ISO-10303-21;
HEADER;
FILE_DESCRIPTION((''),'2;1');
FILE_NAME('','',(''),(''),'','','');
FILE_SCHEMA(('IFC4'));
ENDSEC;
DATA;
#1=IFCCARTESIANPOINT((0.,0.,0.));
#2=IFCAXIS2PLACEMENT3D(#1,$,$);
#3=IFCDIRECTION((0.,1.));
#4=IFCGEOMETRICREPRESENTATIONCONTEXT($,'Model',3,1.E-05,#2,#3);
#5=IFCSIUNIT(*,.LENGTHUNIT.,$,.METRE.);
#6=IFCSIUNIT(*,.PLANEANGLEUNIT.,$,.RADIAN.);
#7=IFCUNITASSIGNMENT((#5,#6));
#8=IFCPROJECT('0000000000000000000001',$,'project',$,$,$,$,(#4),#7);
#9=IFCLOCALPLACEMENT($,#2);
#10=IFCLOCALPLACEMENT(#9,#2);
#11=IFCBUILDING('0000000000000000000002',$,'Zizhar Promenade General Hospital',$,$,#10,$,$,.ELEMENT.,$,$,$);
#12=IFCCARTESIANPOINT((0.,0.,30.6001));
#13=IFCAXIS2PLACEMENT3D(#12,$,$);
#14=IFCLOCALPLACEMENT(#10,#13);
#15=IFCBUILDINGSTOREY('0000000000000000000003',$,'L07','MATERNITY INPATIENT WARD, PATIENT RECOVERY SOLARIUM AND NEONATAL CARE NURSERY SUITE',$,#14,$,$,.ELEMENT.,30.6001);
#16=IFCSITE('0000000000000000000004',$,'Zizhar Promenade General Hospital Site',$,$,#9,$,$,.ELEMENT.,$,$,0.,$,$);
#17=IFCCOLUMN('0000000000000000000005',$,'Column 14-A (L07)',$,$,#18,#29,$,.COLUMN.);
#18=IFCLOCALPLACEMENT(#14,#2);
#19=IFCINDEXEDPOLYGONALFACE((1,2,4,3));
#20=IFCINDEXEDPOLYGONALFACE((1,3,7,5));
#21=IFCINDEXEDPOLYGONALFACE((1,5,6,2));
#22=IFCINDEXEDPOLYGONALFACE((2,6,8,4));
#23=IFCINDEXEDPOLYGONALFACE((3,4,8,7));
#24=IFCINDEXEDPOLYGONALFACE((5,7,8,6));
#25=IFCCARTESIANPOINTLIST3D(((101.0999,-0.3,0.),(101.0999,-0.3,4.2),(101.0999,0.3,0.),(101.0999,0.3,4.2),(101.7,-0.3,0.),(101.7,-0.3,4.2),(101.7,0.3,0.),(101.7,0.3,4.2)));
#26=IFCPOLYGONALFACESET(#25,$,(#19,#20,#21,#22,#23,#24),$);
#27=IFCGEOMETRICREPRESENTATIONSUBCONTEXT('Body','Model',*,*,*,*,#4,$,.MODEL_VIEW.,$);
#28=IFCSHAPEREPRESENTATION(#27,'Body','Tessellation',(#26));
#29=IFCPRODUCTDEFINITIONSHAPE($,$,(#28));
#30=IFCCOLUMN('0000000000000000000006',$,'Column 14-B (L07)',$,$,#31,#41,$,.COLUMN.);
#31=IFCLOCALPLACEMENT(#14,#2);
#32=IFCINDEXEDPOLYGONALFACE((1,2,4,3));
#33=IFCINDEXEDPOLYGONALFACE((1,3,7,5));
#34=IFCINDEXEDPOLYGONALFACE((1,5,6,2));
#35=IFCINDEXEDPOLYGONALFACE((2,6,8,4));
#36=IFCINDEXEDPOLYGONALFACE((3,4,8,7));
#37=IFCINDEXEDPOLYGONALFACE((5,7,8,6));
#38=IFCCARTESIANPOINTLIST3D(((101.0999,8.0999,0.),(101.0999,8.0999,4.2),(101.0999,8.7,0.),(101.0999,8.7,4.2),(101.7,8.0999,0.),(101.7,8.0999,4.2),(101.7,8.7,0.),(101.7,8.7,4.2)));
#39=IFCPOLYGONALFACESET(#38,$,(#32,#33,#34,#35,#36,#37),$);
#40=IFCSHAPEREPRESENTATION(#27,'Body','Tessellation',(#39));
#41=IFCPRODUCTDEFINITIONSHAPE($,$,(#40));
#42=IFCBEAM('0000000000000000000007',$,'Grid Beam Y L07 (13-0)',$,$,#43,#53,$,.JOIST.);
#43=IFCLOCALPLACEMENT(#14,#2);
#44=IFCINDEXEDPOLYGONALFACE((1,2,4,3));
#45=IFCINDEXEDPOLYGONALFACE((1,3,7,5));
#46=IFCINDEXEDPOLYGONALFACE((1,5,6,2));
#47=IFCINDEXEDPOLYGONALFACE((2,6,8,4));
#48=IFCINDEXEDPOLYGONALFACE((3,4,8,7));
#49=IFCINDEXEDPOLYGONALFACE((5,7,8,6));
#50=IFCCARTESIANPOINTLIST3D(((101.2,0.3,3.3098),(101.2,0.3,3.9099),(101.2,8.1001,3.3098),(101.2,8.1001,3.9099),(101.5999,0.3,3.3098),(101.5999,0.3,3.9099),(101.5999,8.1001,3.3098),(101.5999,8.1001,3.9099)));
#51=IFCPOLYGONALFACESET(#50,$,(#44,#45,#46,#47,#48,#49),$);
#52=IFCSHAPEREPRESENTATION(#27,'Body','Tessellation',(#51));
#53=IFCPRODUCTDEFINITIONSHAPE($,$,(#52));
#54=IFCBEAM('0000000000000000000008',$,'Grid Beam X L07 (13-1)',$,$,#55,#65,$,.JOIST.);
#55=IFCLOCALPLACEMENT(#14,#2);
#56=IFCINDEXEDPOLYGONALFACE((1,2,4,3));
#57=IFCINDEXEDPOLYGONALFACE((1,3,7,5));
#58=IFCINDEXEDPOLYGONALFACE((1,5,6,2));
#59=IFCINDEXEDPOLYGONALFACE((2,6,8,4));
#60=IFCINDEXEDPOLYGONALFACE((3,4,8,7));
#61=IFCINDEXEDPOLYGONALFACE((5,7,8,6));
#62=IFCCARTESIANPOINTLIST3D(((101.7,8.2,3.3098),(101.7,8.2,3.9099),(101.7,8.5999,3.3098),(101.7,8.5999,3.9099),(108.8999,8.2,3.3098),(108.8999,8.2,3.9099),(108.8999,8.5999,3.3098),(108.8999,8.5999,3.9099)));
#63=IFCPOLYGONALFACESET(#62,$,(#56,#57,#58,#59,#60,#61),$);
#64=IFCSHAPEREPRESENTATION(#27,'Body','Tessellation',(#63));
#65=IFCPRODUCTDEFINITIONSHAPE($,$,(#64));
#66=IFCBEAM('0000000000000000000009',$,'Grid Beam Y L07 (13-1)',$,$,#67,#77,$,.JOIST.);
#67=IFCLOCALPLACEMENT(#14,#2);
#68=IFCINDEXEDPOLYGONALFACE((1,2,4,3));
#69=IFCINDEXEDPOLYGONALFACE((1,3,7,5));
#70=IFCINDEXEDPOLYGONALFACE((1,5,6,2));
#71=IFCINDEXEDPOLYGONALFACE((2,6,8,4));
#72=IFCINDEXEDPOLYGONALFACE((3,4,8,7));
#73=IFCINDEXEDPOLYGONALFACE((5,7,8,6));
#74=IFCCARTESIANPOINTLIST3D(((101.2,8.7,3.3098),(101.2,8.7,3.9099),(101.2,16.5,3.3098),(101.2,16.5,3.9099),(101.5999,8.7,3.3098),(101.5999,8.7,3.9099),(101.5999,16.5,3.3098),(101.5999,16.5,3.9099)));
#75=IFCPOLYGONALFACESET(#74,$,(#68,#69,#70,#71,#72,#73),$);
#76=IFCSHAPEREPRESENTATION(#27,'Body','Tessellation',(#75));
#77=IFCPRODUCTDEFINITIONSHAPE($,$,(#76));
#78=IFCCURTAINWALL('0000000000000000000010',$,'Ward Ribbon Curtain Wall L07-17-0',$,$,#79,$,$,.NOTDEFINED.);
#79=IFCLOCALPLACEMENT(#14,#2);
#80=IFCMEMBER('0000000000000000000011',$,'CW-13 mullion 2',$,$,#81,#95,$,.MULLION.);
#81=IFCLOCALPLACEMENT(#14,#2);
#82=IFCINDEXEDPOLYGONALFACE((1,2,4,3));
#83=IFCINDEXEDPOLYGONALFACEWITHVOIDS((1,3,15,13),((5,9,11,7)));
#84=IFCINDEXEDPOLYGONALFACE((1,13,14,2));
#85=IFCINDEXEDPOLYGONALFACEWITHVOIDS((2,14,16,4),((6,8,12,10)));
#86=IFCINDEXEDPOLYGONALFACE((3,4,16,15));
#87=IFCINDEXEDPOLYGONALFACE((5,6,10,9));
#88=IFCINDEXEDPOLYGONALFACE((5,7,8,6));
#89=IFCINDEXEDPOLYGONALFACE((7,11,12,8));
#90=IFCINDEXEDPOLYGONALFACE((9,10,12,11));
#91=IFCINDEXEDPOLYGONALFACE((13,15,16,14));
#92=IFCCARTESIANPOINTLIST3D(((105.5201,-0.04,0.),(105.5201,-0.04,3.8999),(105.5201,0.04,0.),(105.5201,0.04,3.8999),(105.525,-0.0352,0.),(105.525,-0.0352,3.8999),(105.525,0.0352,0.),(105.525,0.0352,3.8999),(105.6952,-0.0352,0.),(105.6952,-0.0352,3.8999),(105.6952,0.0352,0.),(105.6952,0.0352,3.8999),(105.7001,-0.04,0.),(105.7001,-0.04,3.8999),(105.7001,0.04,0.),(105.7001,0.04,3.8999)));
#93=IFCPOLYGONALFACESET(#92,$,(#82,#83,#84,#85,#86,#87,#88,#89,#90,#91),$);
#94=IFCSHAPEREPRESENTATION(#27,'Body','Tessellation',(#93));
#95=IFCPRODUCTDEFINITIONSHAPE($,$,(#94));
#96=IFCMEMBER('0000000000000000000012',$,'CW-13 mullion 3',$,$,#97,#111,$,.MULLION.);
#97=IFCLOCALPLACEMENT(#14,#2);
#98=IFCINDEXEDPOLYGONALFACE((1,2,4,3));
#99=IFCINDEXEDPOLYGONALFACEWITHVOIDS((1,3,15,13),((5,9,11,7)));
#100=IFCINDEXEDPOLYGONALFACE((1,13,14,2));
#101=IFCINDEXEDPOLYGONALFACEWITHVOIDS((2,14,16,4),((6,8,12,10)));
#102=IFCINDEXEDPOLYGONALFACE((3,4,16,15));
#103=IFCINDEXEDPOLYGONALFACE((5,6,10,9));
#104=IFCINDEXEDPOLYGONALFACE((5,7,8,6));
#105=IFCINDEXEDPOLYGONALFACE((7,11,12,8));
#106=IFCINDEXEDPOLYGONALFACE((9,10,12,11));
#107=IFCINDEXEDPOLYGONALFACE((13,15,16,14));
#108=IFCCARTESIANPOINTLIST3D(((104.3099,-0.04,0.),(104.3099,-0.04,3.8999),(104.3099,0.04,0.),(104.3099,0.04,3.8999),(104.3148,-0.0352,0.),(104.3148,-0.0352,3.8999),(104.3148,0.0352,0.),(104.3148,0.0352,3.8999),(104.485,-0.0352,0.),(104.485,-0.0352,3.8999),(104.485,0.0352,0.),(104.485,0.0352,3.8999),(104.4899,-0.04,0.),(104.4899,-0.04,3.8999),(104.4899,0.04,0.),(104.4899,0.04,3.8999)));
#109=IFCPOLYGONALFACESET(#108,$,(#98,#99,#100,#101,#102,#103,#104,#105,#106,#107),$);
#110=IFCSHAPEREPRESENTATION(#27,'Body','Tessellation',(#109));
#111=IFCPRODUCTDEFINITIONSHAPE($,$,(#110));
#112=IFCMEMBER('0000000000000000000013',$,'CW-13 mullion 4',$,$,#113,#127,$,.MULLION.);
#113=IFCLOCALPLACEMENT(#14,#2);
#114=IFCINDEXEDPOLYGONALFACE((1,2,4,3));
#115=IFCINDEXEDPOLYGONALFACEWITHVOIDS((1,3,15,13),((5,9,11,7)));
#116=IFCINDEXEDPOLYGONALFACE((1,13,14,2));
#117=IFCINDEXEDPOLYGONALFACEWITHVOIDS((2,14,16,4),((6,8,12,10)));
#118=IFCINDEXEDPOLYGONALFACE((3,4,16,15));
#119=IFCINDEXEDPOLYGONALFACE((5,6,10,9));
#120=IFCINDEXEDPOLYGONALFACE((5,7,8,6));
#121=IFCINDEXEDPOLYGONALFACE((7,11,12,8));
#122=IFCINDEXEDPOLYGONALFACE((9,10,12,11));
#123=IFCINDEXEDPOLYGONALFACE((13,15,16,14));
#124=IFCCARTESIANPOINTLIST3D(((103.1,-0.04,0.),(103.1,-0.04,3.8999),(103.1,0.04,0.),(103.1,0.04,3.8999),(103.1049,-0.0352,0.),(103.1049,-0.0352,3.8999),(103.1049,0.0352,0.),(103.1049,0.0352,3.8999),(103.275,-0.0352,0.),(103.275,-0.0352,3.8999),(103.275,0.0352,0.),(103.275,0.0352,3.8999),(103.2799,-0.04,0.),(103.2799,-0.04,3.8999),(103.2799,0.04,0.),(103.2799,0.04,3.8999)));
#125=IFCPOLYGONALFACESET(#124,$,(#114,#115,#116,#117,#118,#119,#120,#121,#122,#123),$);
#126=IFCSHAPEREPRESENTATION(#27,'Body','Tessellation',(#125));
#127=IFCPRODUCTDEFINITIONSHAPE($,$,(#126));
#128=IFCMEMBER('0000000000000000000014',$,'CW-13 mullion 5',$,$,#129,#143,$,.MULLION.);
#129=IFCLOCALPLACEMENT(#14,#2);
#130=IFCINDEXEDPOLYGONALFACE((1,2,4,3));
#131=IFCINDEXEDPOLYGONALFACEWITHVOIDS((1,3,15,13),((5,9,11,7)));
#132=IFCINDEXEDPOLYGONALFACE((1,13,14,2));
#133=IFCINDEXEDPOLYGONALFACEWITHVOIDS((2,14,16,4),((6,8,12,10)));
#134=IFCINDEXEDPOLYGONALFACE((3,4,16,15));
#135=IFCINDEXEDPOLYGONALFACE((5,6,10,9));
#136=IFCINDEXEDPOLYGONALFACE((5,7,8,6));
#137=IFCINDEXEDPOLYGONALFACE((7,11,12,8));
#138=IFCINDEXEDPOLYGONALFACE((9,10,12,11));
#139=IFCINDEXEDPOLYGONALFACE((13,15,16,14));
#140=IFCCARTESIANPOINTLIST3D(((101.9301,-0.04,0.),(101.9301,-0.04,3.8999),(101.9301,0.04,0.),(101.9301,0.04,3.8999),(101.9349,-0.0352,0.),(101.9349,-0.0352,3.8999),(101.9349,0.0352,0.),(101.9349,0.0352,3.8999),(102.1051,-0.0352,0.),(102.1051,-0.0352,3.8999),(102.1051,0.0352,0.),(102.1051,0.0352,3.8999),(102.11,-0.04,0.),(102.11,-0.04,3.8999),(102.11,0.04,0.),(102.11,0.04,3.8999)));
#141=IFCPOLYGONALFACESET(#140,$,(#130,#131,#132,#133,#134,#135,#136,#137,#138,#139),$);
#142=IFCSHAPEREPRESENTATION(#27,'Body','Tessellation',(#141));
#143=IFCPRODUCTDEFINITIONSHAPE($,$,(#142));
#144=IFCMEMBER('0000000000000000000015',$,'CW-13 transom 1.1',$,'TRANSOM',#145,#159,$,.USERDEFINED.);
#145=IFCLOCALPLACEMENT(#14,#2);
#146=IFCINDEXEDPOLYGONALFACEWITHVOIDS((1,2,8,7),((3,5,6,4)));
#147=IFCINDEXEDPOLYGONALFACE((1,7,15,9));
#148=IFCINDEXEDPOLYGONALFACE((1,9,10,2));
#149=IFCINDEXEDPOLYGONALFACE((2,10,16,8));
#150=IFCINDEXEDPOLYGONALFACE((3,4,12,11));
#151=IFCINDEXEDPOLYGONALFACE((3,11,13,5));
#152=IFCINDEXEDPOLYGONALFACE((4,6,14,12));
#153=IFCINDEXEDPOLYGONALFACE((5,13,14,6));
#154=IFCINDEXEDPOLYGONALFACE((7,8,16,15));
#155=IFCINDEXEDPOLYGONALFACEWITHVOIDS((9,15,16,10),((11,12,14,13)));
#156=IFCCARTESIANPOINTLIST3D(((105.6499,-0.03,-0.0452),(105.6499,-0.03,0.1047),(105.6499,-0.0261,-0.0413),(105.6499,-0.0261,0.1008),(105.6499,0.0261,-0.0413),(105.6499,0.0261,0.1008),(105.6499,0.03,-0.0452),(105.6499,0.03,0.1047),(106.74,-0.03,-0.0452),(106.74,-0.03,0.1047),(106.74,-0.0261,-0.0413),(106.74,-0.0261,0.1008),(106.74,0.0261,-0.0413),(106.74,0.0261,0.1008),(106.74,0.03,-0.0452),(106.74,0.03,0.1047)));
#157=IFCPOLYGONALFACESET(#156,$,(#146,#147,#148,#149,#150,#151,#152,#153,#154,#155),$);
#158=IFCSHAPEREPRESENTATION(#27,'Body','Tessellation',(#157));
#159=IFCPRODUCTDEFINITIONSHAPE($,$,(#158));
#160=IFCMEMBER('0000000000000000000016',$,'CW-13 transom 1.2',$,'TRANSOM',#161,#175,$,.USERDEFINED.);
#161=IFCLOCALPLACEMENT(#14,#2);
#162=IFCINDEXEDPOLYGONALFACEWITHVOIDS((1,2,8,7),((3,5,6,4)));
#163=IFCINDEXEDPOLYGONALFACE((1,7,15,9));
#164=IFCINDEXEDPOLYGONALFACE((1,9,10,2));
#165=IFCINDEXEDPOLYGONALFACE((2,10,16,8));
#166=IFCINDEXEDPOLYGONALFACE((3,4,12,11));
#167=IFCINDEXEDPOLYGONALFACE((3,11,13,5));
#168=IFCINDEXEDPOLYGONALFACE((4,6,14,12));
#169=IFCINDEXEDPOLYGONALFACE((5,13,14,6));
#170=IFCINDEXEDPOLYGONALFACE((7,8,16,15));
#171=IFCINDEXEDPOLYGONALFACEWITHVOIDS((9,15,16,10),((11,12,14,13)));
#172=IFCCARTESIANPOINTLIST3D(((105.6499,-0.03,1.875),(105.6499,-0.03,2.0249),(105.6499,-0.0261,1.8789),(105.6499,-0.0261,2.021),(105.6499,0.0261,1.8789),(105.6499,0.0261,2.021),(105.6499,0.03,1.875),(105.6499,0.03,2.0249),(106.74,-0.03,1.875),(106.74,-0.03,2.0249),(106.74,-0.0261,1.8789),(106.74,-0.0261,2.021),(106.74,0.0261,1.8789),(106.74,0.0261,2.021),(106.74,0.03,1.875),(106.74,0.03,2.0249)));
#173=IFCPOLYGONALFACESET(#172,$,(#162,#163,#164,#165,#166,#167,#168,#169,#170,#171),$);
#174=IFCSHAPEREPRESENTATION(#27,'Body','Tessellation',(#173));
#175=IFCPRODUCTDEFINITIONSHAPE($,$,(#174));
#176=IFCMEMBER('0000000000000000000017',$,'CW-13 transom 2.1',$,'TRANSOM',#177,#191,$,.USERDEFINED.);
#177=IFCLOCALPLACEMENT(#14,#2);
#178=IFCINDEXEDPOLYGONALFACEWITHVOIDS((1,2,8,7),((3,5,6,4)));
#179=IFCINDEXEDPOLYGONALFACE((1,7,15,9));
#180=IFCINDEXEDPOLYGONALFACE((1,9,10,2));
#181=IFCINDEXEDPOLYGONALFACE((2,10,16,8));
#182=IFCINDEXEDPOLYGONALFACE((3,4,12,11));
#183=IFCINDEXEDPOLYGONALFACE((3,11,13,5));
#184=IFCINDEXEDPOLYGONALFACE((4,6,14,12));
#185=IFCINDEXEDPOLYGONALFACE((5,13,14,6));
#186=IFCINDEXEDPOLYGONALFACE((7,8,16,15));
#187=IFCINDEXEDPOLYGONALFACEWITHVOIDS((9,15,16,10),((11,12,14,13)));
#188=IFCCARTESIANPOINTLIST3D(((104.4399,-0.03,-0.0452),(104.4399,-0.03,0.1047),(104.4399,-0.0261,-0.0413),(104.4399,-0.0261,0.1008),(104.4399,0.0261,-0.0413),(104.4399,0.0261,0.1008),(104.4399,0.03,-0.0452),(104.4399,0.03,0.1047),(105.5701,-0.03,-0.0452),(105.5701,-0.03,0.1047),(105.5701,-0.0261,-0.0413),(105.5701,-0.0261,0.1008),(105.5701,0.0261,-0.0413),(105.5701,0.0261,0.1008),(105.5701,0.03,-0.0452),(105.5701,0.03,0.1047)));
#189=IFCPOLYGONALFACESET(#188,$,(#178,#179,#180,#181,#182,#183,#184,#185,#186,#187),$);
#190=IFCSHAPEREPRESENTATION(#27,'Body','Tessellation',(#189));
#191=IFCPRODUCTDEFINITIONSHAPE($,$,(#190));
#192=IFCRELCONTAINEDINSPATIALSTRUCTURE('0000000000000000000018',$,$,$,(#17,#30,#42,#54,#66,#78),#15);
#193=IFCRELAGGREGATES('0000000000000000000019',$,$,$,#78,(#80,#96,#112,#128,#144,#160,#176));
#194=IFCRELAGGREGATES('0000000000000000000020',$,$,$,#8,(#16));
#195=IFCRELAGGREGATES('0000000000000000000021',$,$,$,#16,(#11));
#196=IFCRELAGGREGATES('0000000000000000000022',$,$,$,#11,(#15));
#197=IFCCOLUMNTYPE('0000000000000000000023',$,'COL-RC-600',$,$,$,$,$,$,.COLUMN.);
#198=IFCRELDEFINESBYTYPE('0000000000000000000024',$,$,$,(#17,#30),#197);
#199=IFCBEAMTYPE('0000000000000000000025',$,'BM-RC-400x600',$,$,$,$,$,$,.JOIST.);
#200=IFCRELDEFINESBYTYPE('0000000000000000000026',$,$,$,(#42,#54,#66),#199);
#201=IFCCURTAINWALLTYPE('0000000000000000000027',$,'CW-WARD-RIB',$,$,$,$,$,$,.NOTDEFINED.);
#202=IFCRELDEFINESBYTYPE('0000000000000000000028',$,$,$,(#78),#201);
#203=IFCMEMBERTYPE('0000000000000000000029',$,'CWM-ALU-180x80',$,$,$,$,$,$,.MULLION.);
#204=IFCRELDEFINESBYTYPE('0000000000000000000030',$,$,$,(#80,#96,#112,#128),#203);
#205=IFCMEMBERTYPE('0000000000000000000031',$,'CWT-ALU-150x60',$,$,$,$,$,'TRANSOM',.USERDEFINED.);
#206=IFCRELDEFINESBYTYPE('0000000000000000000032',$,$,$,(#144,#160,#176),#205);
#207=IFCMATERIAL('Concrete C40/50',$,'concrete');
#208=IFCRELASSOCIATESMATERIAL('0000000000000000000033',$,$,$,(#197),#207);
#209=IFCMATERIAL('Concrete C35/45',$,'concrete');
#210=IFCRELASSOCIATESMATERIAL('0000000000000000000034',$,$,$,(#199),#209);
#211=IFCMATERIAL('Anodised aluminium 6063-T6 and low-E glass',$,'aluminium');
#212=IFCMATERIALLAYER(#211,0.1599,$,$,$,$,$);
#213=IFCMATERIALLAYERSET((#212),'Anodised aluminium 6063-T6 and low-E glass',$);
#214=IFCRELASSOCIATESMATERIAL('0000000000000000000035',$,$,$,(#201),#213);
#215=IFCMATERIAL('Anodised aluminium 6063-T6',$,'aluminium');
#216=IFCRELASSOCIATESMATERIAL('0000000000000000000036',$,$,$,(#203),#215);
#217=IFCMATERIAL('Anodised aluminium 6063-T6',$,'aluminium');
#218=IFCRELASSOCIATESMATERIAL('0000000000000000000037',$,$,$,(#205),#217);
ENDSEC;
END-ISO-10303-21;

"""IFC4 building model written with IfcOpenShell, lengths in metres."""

from ifc_helpers import new_model, si_unit, direction, frame, origin, origin_2d, place, context, subcontext, project, spatial, rectangle, hollow_rectangle, extrude, material, layer, layer_set, material_profile, profile_set, type_object, element, aggregate, save


model = new_model("IFC4")

# Units and contexts
model_context = context("Model", 3, precision=1e-05, world=origin(), true_north=direction((0.0, 1.0)))
body_context = subcontext(model_context, "Body", "Model", "MODEL_VIEW")
ifc_project = project(units=[si_unit("LENGTHUNIT", "METRE"), si_unit("PLANEANGLEUNIT", "RADIAN")], contexts=[model_context])

# Site, building, storey
site_placement = place(None, origin())
site = spatial("IfcSite", under=ifc_project, at=site_placement, Name="Zizhar Promenade General Hospital Site", CompositionType="ELEMENT", RefElevation=0.0)
building_placement = place(site_placement, origin())
building = spatial("IfcBuilding", under=site, at=building_placement, Name="Zizhar Promenade General Hospital", CompositionType="ELEMENT")
storey_placement = place(building_placement, frame((0.0, 0.0, 30.6001)))
storey = spatial("IfcBuildingStorey", under=building, at=storey_placement, Name="L07", Description="MATERNITY INPATIENT WARD, PATIENT RECOVERY SOLARIUM AND NEONATAL CARE NURSERY SUITE", CompositionType="ELEMENT", Elevation=30.6001)

# Columns
ifc_material_1 = material(Name="Concrete C40/50", Category="concrete")
ifc_material_profile_1 = material_profile(ifc_material_1, rectangle(XDim=0.6001, YDim=0.6001, at=origin_2d()))
ifc_profile_set_1 = profile_set([ifc_material_profile_1], Name="Concrete C40/50")
column_type = type_object("IfcColumnType", Name="COL-RC-600", PredefinedType="COLUMN", material=ifc_profile_set_1)
for number, where, z_axis, x_axis, name in (
    (1, (101.3999, 0.0, 0.0), (0.0, 0.0, 1.0), (1.0, 0.0, 0.0), "Column 14-A (L07)"),
    (2, (101.3999, 8.3999, 0.0), (0.0, 0.0, 1.0), (1.0, 0.0, 0.0), "Column 14-B (L07)"),
):
    element("IfcColumn", number, at=place(storey_placement, frame(where, z_axis=z_axis, x_axis=x_axis)), inside=storey, type_object=column_type, Name=name, PredefinedType="COLUMN", context=body_context, shape_type="SweptSolid", body=[
        extrude(rectangle(XDim=0.6001, YDim=0.6001, at=origin_2d()), origin(), (0.0, 0.0, 1.0), 4.2),
    ])

# Beams
ifc_material_2 = material(Name="Concrete C35/45", Category="concrete")
ifc_material_profile_2 = material_profile(ifc_material_2, rectangle(XDim=0.3999, YDim=0.6001, at=origin_2d()))
ifc_profile_set_2 = profile_set([ifc_material_profile_2], Name="Concrete C35/45")
beam_type = type_object("IfcBeamType", Name="BM-RC-400x600", PredefinedType="JOIST", material=ifc_profile_set_2)
beam_1_placement = place(storey_placement, frame((101.3999, 0.3, 3.6099), z_axis=(0.0, 1.0, 0.0), x_axis=(-1.0, 0.0, 0.0)))
element("IfcBeam", 3, at=beam_1_placement, inside=storey, type_object=beam_type, Name="Grid Beam Y L07 (13-0)", PredefinedType="JOIST", context=body_context, shape_type="SweptSolid", body=[
    extrude(rectangle(XDim=0.3999, YDim=0.6001, at=origin_2d()), origin(), (0.0, 0.0, 1.0), 7.8),
])
beam_2_placement = place(storey_placement, frame((101.7, 8.3999, 3.6099), z_axis=(1.0, 0.0, 0.0), x_axis=(0.0, 1.0, 0.0)))
element("IfcBeam", 4, at=beam_2_placement, inside=storey, type_object=beam_type, Name="Grid Beam X L07 (13-1)", PredefinedType="JOIST", context=body_context, shape_type="SweptSolid", body=[
    extrude(rectangle(XDim=0.3999, YDim=0.6001, at=origin_2d()), origin(), (0.0, 0.0, 1.0), 7.2),
])
beam_3_placement = place(storey_placement, frame((101.3999, 8.7, 3.6099), z_axis=(0.0, 1.0, 0.0), x_axis=(-1.0, 0.0, 0.0)))
element("IfcBeam", 5, at=beam_3_placement, inside=storey, type_object=beam_type, Name="Grid Beam Y L07 (13-1)", PredefinedType="JOIST", context=body_context, shape_type="SweptSolid", body=[
    extrude(rectangle(XDim=0.3999, YDim=0.6001, at=origin_2d()), origin(), (0.0, 0.0, 1.0), 7.8),
])

# Curtain wall, members
ifc_material_3 = material(Name="Anodised aluminium 6063-T6 and low-E glass", Category="aluminium")
ifc_layer_1 = layer(ifc_material_3, 0.1599)
ifc_layer_set_1 = layer_set([ifc_layer_1], Name="Anodised aluminium 6063-T6 and low-E glass")
curtain_wall_type = type_object("IfcCurtainWallType", Name="CW-WARD-RIB", PredefinedType="NOTDEFINED", material=ifc_layer_set_1)
curtain_wall_placement = place(storey_placement, origin())
curtain_wall = element("IfcCurtainWall", 6, at=curtain_wall_placement, inside=storey, type_object=curtain_wall_type, Name="Ward Ribbon Curtain Wall L07-17-0", PredefinedType="NOTDEFINED")
ifc_material_4 = material(Name="Anodised aluminium 6063-T6", Category="aluminium")
ifc_material_profile_3 = material_profile(ifc_material_4, hollow_rectangle(XDim=0.0801, YDim=0.1799, WallThickness=0.0049, at=origin_2d()))
ifc_profile_set_3 = profile_set([ifc_material_profile_3], Name="Anodised aluminium 6063-T6")
member_type_1 = type_object("IfcMemberType", Name="CWM-ALU-180x80", PredefinedType="MULLION", material=ifc_profile_set_3)
member_1_placement = place(storey_placement, frame((105.6101, 0.0, 0.0), z_axis=(0.0, 0.0, 1.0), x_axis=(0.0, -1.0, 0.0)))
member_1 = element("IfcMember", 7, at=member_1_placement, type_object=member_type_1, Name="CW-13 mullion 2", PredefinedType="MULLION", context=body_context, shape_type="SweptSolid", body=[
    extrude(hollow_rectangle(XDim=0.0801, YDim=0.1799, WallThickness=0.0049, at=origin_2d()), origin(), (0.0, 0.0, 1.0), 3.8999),
])
member_2_placement = place(storey_placement, frame((104.3999, 0.0, 0.0), z_axis=(0.0, 0.0, 1.0), x_axis=(0.0, -1.0, 0.0)))
member_2 = element("IfcMember", 8, at=member_2_placement, type_object=member_type_1, Name="CW-13 mullion 3", PredefinedType="MULLION", context=body_context, shape_type="SweptSolid", body=[
    extrude(hollow_rectangle(XDim=0.0801, YDim=0.1799, WallThickness=0.0049, at=origin_2d()), origin(), (0.0, 0.0, 1.0), 3.8999),
])
member_3_placement = place(storey_placement, frame((103.1899, 0.0, 0.0), z_axis=(0.0, 0.0, 1.0), x_axis=(0.0, -1.0, 0.0)))
member_3 = element("IfcMember", 9, at=member_3_placement, type_object=member_type_1, Name="CW-13 mullion 4", PredefinedType="MULLION", context=body_context, shape_type="SweptSolid", body=[
    extrude(hollow_rectangle(XDim=0.0801, YDim=0.1799, WallThickness=0.0049, at=origin_2d()), origin(), (0.0, 0.0, 1.0), 3.8999),
])
member_4_placement = place(storey_placement, frame((102.02, 0.0, 0.0), z_axis=(0.0, 0.0, 1.0), x_axis=(0.0, -1.0, 0.0)))
member_4 = element("IfcMember", 10, at=member_4_placement, type_object=member_type_1, Name="CW-13 mullion 5", PredefinedType="MULLION", context=body_context, shape_type="SweptSolid", body=[
    extrude(hollow_rectangle(XDim=0.0801, YDim=0.1799, WallThickness=0.0049, at=origin_2d()), origin(), (0.0, 0.0, 1.0), 3.8999),
])
ifc_material_5 = material(Name="Anodised aluminium 6063-T6", Category="aluminium")
ifc_material_profile_4 = material_profile(ifc_material_5, hollow_rectangle(XDim=0.0601, YDim=0.1499, WallThickness=0.0039, at=origin_2d()))
ifc_profile_set_4 = profile_set([ifc_material_profile_4], Name="Anodised aluminium 6063-T6")
member_type_2 = type_object("IfcMemberType", Name="CWT-ALU-150x60", ElementType="TRANSOM", PredefinedType="USERDEFINED", material=ifc_profile_set_4)
member_5_placement = place(storey_placement, frame((106.74, 0.0, 0.0298), z_axis=(-1.0, 0.0, 0.0), x_axis=(0.0, -1.0, 0.0)))
member_5 = element("IfcMember", 11, at=member_5_placement, type_object=member_type_2, Name="CW-13 transom 1.1", ObjectType="TRANSOM", PredefinedType="USERDEFINED", context=body_context, shape_type="SweptSolid", body=[
    extrude(hollow_rectangle(XDim=0.0601, YDim=0.1499, WallThickness=0.0039, at=origin_2d()), origin(), (0.0, 0.0, 1.0), 1.0901),
])
member_6_placement = place(storey_placement, frame((106.74, 0.0, 1.95), z_axis=(-1.0, 0.0, 0.0), x_axis=(0.0, -1.0, 0.0)))
member_6 = element("IfcMember", 12, at=member_6_placement, type_object=member_type_2, Name="CW-13 transom 1.2", ObjectType="TRANSOM", PredefinedType="USERDEFINED", context=body_context, shape_type="SweptSolid", body=[
    extrude(hollow_rectangle(XDim=0.0601, YDim=0.1499, WallThickness=0.0039, at=origin_2d()), origin(), (0.0, 0.0, 1.0), 1.0901),
])
member_7_placement = place(storey_placement, frame((105.5701, 0.0, 0.0298), z_axis=(-1.0, 0.0, 0.0), x_axis=(0.0, -1.0, 0.0)))
member_7 = element("IfcMember", 13, at=member_7_placement, type_object=member_type_2, Name="CW-13 transom 2.1", ObjectType="TRANSOM", PredefinedType="USERDEFINED", context=body_context, shape_type="SweptSolid", body=[
    extrude(hollow_rectangle(XDim=0.0601, YDim=0.1499, WallThickness=0.0039, at=origin_2d()), origin(), (0.0, 0.0, 1.0), 1.1301),
])
aggregate(curtain_wall, [member_1, member_2, member_3, member_4, member_5, member_6, member_7])

save(model, "model.ifc")
